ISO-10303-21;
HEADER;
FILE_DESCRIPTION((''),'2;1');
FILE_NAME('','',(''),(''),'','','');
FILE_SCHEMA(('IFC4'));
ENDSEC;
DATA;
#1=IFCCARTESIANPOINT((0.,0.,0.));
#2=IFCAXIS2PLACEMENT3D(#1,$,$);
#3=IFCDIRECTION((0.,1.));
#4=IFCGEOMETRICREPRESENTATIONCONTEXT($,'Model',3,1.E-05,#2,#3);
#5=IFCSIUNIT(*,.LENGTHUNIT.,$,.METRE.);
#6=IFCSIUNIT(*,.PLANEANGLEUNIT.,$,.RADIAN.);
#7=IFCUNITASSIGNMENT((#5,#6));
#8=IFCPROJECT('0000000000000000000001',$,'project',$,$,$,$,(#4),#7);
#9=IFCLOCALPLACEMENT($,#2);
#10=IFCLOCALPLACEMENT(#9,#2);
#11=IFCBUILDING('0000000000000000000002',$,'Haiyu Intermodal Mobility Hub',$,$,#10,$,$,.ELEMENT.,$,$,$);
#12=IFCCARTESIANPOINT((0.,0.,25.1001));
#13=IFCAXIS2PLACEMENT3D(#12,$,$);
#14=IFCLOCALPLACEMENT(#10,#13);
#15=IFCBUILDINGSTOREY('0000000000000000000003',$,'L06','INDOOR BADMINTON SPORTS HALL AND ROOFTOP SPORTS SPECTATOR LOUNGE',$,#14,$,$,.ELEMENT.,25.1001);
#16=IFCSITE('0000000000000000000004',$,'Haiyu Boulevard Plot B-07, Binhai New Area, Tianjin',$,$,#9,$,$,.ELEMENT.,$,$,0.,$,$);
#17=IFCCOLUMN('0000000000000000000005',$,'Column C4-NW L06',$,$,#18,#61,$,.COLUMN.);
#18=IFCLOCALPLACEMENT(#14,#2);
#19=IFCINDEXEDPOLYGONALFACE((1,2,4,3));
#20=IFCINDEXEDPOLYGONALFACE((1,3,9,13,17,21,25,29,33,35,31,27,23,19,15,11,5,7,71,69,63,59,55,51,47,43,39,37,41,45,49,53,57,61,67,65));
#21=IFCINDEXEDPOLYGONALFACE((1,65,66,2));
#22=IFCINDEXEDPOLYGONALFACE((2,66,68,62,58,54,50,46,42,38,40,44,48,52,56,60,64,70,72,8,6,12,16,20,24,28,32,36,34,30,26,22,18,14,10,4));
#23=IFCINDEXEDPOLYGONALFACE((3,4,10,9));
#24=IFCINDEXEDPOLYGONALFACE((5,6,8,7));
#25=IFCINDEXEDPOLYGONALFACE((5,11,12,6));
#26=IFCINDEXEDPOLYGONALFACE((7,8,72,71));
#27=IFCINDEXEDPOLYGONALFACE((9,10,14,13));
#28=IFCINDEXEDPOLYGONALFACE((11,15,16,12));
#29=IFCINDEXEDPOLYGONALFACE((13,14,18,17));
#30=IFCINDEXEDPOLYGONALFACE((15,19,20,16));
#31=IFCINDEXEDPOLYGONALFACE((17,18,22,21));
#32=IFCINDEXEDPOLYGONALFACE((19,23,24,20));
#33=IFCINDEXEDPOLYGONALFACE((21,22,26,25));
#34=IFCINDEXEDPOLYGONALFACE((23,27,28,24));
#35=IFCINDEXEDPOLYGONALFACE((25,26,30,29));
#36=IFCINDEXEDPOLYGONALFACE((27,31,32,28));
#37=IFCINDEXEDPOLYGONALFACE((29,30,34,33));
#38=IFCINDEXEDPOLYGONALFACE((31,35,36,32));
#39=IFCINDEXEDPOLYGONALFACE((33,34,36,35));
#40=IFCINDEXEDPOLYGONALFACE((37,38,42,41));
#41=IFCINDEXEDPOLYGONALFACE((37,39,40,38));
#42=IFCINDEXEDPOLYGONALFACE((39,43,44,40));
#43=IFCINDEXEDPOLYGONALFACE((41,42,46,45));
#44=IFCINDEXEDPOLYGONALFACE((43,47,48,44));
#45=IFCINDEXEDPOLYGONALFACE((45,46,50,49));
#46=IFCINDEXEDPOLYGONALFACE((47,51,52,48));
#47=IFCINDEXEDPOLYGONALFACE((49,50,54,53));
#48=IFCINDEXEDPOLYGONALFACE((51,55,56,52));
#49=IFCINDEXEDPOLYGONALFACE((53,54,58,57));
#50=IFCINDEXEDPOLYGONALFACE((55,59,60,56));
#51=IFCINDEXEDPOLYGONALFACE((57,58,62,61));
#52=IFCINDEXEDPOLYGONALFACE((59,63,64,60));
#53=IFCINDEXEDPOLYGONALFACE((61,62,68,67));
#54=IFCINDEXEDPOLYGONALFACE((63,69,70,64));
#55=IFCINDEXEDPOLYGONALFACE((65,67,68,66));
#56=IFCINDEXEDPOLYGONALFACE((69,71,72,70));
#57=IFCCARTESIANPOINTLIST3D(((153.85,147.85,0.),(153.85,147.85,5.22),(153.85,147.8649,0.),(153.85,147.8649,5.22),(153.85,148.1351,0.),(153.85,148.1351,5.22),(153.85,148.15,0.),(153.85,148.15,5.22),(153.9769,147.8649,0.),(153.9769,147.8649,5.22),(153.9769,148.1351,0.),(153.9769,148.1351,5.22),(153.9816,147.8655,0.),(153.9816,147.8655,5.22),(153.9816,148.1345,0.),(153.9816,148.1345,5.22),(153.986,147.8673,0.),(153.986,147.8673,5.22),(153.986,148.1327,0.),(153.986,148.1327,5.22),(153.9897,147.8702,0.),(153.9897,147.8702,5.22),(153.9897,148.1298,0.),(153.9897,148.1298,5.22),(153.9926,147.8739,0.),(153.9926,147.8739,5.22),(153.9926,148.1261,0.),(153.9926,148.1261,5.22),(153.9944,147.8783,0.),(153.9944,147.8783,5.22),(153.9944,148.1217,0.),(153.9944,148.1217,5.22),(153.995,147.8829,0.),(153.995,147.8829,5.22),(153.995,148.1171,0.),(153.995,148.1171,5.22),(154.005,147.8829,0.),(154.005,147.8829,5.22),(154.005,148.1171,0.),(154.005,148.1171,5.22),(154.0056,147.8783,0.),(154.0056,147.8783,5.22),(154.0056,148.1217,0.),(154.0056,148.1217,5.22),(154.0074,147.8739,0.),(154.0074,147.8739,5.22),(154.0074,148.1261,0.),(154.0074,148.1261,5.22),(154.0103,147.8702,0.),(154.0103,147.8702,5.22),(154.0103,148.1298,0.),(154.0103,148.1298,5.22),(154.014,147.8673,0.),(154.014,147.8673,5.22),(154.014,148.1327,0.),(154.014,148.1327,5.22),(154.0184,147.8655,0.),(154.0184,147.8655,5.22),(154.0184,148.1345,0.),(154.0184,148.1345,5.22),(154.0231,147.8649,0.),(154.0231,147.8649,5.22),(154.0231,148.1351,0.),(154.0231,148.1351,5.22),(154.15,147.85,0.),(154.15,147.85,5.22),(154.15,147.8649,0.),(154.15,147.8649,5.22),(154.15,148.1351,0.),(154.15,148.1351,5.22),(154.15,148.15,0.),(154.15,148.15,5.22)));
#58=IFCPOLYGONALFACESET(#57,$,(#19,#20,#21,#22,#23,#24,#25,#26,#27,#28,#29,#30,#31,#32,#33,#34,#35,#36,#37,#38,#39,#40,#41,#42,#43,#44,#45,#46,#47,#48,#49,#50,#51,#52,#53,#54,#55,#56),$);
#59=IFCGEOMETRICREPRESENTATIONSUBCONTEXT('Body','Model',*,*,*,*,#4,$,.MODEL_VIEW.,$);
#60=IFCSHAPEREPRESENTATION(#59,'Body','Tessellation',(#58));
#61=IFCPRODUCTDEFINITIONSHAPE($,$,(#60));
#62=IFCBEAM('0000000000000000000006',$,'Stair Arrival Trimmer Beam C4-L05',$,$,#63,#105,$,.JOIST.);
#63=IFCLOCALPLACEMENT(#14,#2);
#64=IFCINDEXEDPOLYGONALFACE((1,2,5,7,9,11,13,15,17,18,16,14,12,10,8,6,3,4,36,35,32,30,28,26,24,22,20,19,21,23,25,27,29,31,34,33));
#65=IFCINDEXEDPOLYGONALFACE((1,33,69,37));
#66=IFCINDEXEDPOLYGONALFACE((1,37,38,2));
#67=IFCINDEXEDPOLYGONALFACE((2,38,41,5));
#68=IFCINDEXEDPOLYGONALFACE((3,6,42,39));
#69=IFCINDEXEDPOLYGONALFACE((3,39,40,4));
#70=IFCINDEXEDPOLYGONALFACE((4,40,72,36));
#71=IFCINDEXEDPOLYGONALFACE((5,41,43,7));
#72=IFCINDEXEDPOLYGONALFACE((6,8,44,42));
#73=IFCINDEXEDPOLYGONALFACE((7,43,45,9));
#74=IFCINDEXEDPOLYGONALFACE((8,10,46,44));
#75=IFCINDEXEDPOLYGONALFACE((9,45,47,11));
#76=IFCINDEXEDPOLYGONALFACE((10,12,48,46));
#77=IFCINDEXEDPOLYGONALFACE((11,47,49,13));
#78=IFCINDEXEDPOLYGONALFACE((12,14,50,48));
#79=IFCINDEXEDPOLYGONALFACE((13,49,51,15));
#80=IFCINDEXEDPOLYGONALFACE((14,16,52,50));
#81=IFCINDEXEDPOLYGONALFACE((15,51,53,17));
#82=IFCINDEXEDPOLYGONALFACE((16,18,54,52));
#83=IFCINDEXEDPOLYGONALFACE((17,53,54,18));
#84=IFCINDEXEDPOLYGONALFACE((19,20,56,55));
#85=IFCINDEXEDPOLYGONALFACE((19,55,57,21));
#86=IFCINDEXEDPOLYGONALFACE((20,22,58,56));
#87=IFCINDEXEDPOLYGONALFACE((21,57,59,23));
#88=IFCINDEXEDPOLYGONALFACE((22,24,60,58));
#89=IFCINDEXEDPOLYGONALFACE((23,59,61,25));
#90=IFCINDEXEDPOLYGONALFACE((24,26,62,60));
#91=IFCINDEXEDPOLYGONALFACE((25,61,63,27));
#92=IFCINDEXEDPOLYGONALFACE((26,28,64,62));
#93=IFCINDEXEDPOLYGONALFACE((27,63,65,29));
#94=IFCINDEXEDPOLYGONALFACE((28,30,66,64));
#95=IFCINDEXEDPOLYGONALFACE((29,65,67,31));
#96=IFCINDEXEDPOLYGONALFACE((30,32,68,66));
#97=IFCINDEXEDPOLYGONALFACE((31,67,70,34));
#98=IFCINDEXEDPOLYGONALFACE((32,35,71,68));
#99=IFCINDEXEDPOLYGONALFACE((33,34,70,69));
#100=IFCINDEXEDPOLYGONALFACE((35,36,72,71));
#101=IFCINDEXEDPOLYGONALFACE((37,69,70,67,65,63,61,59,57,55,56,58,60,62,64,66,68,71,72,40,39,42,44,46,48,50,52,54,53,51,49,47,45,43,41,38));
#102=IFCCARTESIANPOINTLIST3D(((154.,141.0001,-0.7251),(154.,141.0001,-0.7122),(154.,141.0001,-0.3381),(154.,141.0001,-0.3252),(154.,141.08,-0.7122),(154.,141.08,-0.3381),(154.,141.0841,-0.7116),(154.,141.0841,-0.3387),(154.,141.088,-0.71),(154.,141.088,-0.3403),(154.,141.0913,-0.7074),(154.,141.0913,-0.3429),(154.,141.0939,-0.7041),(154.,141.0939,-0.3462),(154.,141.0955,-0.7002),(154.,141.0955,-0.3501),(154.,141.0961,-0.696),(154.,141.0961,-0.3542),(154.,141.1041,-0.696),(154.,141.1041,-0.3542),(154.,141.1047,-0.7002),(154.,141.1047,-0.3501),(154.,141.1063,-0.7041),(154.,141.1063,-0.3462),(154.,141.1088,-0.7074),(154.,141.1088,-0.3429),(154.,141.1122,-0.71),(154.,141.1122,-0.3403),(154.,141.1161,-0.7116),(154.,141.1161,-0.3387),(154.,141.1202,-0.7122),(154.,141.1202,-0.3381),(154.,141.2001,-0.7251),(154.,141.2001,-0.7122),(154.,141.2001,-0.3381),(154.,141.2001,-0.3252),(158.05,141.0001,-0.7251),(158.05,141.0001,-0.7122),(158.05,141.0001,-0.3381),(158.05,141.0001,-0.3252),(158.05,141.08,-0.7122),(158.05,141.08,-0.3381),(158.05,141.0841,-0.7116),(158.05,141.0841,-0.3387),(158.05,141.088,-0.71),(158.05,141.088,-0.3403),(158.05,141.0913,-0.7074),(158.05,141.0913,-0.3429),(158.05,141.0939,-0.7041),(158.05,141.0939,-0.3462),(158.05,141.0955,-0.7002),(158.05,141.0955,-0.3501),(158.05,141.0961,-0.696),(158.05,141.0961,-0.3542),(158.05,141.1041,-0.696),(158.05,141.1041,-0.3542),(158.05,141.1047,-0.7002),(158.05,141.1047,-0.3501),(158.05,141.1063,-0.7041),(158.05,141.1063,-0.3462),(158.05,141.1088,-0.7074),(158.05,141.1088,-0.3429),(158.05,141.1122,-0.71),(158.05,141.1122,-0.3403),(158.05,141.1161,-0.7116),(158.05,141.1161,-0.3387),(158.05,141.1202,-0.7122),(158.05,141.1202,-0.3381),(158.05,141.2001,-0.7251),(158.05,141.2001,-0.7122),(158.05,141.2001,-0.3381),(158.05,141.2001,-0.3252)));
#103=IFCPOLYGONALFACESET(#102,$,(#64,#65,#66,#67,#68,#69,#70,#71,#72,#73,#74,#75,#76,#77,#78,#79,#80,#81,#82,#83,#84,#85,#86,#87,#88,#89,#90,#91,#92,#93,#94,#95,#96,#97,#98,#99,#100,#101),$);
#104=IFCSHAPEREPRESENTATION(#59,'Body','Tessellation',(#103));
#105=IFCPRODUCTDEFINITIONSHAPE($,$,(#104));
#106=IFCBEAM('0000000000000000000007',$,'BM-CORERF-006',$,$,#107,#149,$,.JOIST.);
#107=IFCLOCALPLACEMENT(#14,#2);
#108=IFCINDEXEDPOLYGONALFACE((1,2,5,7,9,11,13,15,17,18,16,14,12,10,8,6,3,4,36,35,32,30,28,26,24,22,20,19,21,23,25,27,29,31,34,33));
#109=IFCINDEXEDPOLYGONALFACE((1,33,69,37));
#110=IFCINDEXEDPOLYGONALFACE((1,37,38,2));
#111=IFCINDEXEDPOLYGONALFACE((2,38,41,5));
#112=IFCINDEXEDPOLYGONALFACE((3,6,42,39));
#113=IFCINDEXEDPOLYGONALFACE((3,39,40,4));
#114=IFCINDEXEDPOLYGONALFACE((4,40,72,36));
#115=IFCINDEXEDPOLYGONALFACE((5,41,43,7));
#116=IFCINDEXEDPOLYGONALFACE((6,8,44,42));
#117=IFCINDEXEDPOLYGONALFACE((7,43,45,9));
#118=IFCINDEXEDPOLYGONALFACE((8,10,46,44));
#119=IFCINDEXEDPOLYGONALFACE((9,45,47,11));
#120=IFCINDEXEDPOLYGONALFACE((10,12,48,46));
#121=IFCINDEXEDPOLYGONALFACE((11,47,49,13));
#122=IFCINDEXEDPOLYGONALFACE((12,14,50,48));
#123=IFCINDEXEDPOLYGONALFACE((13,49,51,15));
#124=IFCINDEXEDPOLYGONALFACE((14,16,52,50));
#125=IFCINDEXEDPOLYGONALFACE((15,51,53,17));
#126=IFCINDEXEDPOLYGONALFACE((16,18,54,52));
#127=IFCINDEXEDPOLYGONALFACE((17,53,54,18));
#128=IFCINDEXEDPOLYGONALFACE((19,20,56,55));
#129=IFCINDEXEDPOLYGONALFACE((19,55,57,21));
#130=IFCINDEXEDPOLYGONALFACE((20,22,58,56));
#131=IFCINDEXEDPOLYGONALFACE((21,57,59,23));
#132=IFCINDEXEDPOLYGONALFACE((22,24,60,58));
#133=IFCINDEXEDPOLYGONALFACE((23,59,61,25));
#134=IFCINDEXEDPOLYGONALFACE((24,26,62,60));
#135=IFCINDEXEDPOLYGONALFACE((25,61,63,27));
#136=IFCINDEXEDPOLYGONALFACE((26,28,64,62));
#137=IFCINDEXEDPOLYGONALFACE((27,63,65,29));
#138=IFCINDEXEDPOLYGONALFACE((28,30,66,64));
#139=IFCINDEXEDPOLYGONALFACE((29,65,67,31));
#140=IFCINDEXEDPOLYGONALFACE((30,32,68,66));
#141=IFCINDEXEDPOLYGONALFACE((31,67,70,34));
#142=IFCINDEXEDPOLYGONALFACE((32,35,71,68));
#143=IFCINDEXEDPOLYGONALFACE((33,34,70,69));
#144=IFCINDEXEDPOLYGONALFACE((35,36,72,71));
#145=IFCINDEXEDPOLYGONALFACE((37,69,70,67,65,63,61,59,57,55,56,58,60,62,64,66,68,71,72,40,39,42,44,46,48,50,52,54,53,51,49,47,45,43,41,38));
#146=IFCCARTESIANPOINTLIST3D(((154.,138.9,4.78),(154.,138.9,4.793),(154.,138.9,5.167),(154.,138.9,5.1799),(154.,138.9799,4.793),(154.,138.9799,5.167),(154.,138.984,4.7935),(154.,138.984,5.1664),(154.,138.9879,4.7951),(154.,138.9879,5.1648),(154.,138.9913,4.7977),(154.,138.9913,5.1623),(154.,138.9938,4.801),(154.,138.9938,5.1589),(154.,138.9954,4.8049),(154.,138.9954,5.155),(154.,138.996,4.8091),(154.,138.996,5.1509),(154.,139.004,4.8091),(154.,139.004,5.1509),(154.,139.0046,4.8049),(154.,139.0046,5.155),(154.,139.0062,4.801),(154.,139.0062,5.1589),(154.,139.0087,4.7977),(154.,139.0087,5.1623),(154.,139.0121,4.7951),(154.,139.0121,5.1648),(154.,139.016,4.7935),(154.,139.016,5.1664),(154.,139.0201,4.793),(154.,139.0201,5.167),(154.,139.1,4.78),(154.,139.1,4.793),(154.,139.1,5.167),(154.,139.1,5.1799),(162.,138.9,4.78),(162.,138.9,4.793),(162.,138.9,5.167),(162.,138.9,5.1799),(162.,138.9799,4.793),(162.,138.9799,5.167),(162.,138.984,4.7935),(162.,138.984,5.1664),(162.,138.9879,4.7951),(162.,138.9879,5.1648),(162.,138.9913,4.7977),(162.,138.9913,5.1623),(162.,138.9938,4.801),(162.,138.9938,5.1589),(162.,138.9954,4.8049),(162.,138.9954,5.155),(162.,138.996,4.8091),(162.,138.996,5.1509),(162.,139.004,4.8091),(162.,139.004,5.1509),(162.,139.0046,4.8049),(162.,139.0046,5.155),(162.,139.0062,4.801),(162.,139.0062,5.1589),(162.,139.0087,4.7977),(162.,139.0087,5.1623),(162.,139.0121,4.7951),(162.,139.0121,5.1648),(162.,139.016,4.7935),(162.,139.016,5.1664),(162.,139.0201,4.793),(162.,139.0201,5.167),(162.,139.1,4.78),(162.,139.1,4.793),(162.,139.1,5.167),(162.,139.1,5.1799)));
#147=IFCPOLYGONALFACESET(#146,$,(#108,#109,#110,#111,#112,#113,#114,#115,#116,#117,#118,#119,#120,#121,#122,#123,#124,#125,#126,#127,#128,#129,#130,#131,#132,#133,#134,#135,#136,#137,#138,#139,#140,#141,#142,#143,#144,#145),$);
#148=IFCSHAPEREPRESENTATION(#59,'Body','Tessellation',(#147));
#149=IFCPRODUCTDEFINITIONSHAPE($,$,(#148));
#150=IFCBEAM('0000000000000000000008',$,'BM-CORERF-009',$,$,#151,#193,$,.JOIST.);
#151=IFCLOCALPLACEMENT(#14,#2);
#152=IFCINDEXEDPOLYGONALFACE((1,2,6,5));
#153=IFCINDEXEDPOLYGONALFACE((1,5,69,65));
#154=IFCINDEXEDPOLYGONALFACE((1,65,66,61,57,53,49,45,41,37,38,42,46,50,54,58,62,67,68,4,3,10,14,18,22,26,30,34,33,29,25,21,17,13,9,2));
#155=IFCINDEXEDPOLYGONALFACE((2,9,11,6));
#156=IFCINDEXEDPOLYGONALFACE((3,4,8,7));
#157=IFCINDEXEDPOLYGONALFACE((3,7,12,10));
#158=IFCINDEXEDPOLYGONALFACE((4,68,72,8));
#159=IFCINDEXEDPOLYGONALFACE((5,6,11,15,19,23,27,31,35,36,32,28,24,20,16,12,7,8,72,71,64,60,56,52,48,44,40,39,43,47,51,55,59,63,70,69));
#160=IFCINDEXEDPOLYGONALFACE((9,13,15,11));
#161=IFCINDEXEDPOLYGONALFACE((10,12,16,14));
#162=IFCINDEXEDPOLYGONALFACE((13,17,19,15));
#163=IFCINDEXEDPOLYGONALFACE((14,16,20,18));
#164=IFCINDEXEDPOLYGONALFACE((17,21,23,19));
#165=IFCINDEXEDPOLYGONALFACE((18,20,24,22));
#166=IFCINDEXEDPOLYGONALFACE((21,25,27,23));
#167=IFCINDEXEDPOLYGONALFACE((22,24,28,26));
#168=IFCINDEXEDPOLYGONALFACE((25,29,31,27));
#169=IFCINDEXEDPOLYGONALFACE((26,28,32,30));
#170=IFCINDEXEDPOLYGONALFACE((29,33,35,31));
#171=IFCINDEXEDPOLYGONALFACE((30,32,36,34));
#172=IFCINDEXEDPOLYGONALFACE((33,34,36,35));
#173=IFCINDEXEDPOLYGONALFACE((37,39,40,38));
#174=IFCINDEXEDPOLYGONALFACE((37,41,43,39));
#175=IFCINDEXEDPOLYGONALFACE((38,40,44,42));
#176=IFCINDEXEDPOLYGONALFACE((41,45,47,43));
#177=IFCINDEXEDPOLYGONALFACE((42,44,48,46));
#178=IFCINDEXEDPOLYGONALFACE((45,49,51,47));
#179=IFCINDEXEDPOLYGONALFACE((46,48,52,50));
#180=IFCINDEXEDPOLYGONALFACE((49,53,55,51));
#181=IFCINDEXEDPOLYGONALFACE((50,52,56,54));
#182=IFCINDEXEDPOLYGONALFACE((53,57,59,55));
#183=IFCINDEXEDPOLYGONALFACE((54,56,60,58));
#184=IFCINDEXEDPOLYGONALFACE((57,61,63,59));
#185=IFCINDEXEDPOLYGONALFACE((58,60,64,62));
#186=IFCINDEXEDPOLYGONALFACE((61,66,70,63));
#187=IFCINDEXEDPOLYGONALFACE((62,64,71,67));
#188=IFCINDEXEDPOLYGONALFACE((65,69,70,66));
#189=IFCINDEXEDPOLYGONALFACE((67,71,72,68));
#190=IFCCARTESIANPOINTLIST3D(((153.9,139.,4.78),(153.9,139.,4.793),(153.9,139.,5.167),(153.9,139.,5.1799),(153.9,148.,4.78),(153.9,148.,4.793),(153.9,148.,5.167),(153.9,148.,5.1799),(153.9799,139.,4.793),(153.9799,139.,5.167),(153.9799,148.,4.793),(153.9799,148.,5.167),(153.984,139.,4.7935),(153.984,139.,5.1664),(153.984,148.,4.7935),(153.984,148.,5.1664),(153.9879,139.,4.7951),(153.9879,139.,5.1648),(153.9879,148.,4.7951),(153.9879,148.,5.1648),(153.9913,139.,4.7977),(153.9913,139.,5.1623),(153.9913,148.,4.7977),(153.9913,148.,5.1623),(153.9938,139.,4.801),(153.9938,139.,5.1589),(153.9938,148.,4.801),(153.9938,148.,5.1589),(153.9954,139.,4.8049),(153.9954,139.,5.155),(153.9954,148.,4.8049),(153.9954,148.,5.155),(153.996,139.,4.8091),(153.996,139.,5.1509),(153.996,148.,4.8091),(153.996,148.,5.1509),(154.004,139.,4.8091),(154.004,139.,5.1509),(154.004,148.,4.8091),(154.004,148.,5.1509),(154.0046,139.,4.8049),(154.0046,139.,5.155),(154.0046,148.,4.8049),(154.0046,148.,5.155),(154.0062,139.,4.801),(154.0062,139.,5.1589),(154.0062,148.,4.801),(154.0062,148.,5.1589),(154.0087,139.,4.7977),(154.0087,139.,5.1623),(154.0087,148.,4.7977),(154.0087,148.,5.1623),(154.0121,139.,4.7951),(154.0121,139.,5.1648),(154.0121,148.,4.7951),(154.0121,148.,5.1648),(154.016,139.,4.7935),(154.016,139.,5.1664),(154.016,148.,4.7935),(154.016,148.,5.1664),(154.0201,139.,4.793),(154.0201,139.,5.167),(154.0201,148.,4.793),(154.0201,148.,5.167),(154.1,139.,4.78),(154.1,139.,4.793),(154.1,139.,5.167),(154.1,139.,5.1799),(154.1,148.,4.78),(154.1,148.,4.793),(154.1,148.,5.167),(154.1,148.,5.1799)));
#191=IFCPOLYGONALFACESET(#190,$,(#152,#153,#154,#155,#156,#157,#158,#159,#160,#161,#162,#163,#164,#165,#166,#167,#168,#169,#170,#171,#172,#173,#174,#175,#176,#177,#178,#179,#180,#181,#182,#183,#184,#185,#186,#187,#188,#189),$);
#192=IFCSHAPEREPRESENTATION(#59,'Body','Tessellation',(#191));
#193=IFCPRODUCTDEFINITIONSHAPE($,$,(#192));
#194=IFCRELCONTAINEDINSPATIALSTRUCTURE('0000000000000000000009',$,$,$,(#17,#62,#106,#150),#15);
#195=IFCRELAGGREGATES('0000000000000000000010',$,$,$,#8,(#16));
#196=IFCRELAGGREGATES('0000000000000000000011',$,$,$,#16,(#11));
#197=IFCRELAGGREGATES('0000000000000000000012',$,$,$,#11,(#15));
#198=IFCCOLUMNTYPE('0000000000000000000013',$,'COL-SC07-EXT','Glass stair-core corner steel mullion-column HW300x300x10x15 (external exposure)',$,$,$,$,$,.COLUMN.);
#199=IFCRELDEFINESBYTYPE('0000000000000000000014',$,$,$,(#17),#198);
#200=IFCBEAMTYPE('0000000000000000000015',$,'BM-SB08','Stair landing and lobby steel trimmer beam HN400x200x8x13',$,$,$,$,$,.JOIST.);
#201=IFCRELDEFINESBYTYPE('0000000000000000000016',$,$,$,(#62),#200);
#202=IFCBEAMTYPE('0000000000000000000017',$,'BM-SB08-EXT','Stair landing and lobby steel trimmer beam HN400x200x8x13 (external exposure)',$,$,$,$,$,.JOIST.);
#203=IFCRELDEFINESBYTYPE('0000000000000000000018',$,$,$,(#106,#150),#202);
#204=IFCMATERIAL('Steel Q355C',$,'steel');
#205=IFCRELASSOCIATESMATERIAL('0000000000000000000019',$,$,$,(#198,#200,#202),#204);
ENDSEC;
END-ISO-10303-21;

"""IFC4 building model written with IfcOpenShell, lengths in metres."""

from ifc_helpers import new_model, si_unit, direction, frame, origin, origin_2d, place, context, subcontext, project, spatial, i_section, extrude, material, material_profile, profile_set, type_object, element, save


model = new_model("IFC4")

# Units and contexts
model_context = context("Model", 3, precision=1e-05, world=origin(), true_north=direction((0.0, 1.0)))
body_context = subcontext(model_context, "Body", "Model", "MODEL_VIEW")
ifc_project = project(units=[si_unit("LENGTHUNIT", "METRE"), si_unit("PLANEANGLEUNIT", "RADIAN")], contexts=[model_context])

# Site, building, storey
site_placement = place(None, origin())
site = spatial("IfcSite", under=ifc_project, at=site_placement, Name="Haiyu Boulevard Plot B-07, Binhai New Area, Tianjin", CompositionType="ELEMENT", RefElevation=0.0)
building_placement = place(site_placement, origin())
building = spatial("IfcBuilding", under=site, at=building_placement, Name="Haiyu Intermodal Mobility Hub", CompositionType="ELEMENT")
storey_placement = place(building_placement, frame((0.0, 0.0, 25.1001)))
storey = spatial("IfcBuildingStorey", under=building, at=storey_placement, Name="L06", Description="INDOOR BADMINTON SPORTS HALL AND ROOFTOP SPORTS SPECTATOR LOUNGE", CompositionType="ELEMENT", Elevation=25.1001)

# Column
ifc_material_1 = material(Name="Steel Q355C", Category="steel")
ifc_material_profile_1 = material_profile(ifc_material_1, i_section(OverallWidth=0.3, OverallDepth=0.3, WebThickness=0.01, FlangeThickness=0.0149, FilletRadius=0.0181, at=origin_2d()), Name="HW300x300x10x15")
ifc_profile_set_1 = profile_set([ifc_material_profile_1], Name="Steel Q355C")
column_type = type_object("IfcColumnType", Name="COL-SC07-EXT", Description="Glass stair-core corner steel mullion-column HW300x300x10x15 (external exposure)", PredefinedType="COLUMN", material=ifc_profile_set_1)
column_placement = place(storey_placement, frame((154.0, 148.0, 0.0), z_axis=(0.0, 0.0, 1.0), x_axis=(1.0, 0.0, 0.0)))
element("IfcColumn", 1, at=column_placement, inside=storey, type_object=column_type, Name="Column C4-NW L06", PredefinedType="COLUMN", context=body_context, shape_type="SweptSolid", body=[
    extrude(i_section(OverallWidth=0.3, OverallDepth=0.3, WebThickness=0.01, FlangeThickness=0.0149, FilletRadius=0.0181, at=origin_2d()), origin(), (0.0, 0.0, 1.0), 5.22),
])

# Beams
ifc_material_profile_2 = material_profile(ifc_material_1, i_section(OverallWidth=0.2, OverallDepth=0.3999, WebThickness=0.0081, FlangeThickness=0.0129, FilletRadius=0.0161, at=origin_2d()), Name="HN400x200x8x13")
ifc_profile_set_2 = profile_set([ifc_material_profile_2], Name="Steel Q355C")
beam_type_1 = type_object("IfcBeamType", Name="BM-SB08", Description="Stair landing and lobby steel trimmer beam HN400x200x8x13", PredefinedType="JOIST", material=ifc_profile_set_2)
beam_1_placement = place(storey_placement, frame((154.0, 141.1001, -0.5251), z_axis=(1.0, 0.0, 0.0), x_axis=(0.0, 1.0, 0.0)))
element("IfcBeam", 2, at=beam_1_placement, inside=storey, type_object=beam_type_1, Name="Stair Arrival Trimmer Beam C4-L05", PredefinedType="JOIST", context=body_context, shape_type="SweptSolid", body=[
    extrude(i_section(OverallWidth=0.2, OverallDepth=0.3999, WebThickness=0.0081, FlangeThickness=0.0129, FilletRadius=0.0161, at=origin_2d()), origin(), (0.0, 0.0, 1.0), 4.05),
])
ifc_material_profile_3 = material_profile(ifc_material_1, i_section(OverallWidth=0.2, OverallDepth=0.3999, WebThickness=0.0081, FlangeThickness=0.0129, FilletRadius=0.0161, at=origin_2d()), Name="HN400x200x8x13")
ifc_profile_set_3 = profile_set([ifc_material_profile_3], Name="Steel Q355C")
beam_type_2 = type_object("IfcBeamType", Name="BM-SB08-EXT", Description="Stair landing and lobby steel trimmer beam HN400x200x8x13 (external exposure)", PredefinedType="JOIST", material=ifc_profile_set_3)
beam_2_placement = place(storey_placement, frame((154.0, 139.0, 4.98), z_axis=(1.0, 0.0, 0.0), x_axis=(0.0, 1.0, 0.0)))
element("IfcBeam", 3, at=beam_2_placement, inside=storey, type_object=beam_type_2, Name="BM-CORERF-006", PredefinedType="JOIST", context=body_context, shape_type="SweptSolid", body=[
    extrude(i_section(OverallWidth=0.2, OverallDepth=0.3999, WebThickness=0.0081, FlangeThickness=0.0129, FilletRadius=0.0161, at=origin_2d()), origin(), (0.0, 0.0, 1.0), 8.0),
])
beam_3_placement = place(storey_placement, frame((154.0, 148.0, 4.98), z_axis=(0.0, -1.0, 0.0), x_axis=(1.0, 0.0, 0.0)))
element("IfcBeam", 4, at=beam_3_placement, inside=storey, type_object=beam_type_2, Name="BM-CORERF-009", PredefinedType="JOIST", context=body_context, shape_type="SweptSolid", body=[
    extrude(i_section(OverallWidth=0.2, OverallDepth=0.3999, WebThickness=0.0081, FlangeThickness=0.0129, FilletRadius=0.0161, at=origin_2d()), origin(), (0.0, 0.0, 1.0), 9.0),
])

save(model, "model.ifc")
